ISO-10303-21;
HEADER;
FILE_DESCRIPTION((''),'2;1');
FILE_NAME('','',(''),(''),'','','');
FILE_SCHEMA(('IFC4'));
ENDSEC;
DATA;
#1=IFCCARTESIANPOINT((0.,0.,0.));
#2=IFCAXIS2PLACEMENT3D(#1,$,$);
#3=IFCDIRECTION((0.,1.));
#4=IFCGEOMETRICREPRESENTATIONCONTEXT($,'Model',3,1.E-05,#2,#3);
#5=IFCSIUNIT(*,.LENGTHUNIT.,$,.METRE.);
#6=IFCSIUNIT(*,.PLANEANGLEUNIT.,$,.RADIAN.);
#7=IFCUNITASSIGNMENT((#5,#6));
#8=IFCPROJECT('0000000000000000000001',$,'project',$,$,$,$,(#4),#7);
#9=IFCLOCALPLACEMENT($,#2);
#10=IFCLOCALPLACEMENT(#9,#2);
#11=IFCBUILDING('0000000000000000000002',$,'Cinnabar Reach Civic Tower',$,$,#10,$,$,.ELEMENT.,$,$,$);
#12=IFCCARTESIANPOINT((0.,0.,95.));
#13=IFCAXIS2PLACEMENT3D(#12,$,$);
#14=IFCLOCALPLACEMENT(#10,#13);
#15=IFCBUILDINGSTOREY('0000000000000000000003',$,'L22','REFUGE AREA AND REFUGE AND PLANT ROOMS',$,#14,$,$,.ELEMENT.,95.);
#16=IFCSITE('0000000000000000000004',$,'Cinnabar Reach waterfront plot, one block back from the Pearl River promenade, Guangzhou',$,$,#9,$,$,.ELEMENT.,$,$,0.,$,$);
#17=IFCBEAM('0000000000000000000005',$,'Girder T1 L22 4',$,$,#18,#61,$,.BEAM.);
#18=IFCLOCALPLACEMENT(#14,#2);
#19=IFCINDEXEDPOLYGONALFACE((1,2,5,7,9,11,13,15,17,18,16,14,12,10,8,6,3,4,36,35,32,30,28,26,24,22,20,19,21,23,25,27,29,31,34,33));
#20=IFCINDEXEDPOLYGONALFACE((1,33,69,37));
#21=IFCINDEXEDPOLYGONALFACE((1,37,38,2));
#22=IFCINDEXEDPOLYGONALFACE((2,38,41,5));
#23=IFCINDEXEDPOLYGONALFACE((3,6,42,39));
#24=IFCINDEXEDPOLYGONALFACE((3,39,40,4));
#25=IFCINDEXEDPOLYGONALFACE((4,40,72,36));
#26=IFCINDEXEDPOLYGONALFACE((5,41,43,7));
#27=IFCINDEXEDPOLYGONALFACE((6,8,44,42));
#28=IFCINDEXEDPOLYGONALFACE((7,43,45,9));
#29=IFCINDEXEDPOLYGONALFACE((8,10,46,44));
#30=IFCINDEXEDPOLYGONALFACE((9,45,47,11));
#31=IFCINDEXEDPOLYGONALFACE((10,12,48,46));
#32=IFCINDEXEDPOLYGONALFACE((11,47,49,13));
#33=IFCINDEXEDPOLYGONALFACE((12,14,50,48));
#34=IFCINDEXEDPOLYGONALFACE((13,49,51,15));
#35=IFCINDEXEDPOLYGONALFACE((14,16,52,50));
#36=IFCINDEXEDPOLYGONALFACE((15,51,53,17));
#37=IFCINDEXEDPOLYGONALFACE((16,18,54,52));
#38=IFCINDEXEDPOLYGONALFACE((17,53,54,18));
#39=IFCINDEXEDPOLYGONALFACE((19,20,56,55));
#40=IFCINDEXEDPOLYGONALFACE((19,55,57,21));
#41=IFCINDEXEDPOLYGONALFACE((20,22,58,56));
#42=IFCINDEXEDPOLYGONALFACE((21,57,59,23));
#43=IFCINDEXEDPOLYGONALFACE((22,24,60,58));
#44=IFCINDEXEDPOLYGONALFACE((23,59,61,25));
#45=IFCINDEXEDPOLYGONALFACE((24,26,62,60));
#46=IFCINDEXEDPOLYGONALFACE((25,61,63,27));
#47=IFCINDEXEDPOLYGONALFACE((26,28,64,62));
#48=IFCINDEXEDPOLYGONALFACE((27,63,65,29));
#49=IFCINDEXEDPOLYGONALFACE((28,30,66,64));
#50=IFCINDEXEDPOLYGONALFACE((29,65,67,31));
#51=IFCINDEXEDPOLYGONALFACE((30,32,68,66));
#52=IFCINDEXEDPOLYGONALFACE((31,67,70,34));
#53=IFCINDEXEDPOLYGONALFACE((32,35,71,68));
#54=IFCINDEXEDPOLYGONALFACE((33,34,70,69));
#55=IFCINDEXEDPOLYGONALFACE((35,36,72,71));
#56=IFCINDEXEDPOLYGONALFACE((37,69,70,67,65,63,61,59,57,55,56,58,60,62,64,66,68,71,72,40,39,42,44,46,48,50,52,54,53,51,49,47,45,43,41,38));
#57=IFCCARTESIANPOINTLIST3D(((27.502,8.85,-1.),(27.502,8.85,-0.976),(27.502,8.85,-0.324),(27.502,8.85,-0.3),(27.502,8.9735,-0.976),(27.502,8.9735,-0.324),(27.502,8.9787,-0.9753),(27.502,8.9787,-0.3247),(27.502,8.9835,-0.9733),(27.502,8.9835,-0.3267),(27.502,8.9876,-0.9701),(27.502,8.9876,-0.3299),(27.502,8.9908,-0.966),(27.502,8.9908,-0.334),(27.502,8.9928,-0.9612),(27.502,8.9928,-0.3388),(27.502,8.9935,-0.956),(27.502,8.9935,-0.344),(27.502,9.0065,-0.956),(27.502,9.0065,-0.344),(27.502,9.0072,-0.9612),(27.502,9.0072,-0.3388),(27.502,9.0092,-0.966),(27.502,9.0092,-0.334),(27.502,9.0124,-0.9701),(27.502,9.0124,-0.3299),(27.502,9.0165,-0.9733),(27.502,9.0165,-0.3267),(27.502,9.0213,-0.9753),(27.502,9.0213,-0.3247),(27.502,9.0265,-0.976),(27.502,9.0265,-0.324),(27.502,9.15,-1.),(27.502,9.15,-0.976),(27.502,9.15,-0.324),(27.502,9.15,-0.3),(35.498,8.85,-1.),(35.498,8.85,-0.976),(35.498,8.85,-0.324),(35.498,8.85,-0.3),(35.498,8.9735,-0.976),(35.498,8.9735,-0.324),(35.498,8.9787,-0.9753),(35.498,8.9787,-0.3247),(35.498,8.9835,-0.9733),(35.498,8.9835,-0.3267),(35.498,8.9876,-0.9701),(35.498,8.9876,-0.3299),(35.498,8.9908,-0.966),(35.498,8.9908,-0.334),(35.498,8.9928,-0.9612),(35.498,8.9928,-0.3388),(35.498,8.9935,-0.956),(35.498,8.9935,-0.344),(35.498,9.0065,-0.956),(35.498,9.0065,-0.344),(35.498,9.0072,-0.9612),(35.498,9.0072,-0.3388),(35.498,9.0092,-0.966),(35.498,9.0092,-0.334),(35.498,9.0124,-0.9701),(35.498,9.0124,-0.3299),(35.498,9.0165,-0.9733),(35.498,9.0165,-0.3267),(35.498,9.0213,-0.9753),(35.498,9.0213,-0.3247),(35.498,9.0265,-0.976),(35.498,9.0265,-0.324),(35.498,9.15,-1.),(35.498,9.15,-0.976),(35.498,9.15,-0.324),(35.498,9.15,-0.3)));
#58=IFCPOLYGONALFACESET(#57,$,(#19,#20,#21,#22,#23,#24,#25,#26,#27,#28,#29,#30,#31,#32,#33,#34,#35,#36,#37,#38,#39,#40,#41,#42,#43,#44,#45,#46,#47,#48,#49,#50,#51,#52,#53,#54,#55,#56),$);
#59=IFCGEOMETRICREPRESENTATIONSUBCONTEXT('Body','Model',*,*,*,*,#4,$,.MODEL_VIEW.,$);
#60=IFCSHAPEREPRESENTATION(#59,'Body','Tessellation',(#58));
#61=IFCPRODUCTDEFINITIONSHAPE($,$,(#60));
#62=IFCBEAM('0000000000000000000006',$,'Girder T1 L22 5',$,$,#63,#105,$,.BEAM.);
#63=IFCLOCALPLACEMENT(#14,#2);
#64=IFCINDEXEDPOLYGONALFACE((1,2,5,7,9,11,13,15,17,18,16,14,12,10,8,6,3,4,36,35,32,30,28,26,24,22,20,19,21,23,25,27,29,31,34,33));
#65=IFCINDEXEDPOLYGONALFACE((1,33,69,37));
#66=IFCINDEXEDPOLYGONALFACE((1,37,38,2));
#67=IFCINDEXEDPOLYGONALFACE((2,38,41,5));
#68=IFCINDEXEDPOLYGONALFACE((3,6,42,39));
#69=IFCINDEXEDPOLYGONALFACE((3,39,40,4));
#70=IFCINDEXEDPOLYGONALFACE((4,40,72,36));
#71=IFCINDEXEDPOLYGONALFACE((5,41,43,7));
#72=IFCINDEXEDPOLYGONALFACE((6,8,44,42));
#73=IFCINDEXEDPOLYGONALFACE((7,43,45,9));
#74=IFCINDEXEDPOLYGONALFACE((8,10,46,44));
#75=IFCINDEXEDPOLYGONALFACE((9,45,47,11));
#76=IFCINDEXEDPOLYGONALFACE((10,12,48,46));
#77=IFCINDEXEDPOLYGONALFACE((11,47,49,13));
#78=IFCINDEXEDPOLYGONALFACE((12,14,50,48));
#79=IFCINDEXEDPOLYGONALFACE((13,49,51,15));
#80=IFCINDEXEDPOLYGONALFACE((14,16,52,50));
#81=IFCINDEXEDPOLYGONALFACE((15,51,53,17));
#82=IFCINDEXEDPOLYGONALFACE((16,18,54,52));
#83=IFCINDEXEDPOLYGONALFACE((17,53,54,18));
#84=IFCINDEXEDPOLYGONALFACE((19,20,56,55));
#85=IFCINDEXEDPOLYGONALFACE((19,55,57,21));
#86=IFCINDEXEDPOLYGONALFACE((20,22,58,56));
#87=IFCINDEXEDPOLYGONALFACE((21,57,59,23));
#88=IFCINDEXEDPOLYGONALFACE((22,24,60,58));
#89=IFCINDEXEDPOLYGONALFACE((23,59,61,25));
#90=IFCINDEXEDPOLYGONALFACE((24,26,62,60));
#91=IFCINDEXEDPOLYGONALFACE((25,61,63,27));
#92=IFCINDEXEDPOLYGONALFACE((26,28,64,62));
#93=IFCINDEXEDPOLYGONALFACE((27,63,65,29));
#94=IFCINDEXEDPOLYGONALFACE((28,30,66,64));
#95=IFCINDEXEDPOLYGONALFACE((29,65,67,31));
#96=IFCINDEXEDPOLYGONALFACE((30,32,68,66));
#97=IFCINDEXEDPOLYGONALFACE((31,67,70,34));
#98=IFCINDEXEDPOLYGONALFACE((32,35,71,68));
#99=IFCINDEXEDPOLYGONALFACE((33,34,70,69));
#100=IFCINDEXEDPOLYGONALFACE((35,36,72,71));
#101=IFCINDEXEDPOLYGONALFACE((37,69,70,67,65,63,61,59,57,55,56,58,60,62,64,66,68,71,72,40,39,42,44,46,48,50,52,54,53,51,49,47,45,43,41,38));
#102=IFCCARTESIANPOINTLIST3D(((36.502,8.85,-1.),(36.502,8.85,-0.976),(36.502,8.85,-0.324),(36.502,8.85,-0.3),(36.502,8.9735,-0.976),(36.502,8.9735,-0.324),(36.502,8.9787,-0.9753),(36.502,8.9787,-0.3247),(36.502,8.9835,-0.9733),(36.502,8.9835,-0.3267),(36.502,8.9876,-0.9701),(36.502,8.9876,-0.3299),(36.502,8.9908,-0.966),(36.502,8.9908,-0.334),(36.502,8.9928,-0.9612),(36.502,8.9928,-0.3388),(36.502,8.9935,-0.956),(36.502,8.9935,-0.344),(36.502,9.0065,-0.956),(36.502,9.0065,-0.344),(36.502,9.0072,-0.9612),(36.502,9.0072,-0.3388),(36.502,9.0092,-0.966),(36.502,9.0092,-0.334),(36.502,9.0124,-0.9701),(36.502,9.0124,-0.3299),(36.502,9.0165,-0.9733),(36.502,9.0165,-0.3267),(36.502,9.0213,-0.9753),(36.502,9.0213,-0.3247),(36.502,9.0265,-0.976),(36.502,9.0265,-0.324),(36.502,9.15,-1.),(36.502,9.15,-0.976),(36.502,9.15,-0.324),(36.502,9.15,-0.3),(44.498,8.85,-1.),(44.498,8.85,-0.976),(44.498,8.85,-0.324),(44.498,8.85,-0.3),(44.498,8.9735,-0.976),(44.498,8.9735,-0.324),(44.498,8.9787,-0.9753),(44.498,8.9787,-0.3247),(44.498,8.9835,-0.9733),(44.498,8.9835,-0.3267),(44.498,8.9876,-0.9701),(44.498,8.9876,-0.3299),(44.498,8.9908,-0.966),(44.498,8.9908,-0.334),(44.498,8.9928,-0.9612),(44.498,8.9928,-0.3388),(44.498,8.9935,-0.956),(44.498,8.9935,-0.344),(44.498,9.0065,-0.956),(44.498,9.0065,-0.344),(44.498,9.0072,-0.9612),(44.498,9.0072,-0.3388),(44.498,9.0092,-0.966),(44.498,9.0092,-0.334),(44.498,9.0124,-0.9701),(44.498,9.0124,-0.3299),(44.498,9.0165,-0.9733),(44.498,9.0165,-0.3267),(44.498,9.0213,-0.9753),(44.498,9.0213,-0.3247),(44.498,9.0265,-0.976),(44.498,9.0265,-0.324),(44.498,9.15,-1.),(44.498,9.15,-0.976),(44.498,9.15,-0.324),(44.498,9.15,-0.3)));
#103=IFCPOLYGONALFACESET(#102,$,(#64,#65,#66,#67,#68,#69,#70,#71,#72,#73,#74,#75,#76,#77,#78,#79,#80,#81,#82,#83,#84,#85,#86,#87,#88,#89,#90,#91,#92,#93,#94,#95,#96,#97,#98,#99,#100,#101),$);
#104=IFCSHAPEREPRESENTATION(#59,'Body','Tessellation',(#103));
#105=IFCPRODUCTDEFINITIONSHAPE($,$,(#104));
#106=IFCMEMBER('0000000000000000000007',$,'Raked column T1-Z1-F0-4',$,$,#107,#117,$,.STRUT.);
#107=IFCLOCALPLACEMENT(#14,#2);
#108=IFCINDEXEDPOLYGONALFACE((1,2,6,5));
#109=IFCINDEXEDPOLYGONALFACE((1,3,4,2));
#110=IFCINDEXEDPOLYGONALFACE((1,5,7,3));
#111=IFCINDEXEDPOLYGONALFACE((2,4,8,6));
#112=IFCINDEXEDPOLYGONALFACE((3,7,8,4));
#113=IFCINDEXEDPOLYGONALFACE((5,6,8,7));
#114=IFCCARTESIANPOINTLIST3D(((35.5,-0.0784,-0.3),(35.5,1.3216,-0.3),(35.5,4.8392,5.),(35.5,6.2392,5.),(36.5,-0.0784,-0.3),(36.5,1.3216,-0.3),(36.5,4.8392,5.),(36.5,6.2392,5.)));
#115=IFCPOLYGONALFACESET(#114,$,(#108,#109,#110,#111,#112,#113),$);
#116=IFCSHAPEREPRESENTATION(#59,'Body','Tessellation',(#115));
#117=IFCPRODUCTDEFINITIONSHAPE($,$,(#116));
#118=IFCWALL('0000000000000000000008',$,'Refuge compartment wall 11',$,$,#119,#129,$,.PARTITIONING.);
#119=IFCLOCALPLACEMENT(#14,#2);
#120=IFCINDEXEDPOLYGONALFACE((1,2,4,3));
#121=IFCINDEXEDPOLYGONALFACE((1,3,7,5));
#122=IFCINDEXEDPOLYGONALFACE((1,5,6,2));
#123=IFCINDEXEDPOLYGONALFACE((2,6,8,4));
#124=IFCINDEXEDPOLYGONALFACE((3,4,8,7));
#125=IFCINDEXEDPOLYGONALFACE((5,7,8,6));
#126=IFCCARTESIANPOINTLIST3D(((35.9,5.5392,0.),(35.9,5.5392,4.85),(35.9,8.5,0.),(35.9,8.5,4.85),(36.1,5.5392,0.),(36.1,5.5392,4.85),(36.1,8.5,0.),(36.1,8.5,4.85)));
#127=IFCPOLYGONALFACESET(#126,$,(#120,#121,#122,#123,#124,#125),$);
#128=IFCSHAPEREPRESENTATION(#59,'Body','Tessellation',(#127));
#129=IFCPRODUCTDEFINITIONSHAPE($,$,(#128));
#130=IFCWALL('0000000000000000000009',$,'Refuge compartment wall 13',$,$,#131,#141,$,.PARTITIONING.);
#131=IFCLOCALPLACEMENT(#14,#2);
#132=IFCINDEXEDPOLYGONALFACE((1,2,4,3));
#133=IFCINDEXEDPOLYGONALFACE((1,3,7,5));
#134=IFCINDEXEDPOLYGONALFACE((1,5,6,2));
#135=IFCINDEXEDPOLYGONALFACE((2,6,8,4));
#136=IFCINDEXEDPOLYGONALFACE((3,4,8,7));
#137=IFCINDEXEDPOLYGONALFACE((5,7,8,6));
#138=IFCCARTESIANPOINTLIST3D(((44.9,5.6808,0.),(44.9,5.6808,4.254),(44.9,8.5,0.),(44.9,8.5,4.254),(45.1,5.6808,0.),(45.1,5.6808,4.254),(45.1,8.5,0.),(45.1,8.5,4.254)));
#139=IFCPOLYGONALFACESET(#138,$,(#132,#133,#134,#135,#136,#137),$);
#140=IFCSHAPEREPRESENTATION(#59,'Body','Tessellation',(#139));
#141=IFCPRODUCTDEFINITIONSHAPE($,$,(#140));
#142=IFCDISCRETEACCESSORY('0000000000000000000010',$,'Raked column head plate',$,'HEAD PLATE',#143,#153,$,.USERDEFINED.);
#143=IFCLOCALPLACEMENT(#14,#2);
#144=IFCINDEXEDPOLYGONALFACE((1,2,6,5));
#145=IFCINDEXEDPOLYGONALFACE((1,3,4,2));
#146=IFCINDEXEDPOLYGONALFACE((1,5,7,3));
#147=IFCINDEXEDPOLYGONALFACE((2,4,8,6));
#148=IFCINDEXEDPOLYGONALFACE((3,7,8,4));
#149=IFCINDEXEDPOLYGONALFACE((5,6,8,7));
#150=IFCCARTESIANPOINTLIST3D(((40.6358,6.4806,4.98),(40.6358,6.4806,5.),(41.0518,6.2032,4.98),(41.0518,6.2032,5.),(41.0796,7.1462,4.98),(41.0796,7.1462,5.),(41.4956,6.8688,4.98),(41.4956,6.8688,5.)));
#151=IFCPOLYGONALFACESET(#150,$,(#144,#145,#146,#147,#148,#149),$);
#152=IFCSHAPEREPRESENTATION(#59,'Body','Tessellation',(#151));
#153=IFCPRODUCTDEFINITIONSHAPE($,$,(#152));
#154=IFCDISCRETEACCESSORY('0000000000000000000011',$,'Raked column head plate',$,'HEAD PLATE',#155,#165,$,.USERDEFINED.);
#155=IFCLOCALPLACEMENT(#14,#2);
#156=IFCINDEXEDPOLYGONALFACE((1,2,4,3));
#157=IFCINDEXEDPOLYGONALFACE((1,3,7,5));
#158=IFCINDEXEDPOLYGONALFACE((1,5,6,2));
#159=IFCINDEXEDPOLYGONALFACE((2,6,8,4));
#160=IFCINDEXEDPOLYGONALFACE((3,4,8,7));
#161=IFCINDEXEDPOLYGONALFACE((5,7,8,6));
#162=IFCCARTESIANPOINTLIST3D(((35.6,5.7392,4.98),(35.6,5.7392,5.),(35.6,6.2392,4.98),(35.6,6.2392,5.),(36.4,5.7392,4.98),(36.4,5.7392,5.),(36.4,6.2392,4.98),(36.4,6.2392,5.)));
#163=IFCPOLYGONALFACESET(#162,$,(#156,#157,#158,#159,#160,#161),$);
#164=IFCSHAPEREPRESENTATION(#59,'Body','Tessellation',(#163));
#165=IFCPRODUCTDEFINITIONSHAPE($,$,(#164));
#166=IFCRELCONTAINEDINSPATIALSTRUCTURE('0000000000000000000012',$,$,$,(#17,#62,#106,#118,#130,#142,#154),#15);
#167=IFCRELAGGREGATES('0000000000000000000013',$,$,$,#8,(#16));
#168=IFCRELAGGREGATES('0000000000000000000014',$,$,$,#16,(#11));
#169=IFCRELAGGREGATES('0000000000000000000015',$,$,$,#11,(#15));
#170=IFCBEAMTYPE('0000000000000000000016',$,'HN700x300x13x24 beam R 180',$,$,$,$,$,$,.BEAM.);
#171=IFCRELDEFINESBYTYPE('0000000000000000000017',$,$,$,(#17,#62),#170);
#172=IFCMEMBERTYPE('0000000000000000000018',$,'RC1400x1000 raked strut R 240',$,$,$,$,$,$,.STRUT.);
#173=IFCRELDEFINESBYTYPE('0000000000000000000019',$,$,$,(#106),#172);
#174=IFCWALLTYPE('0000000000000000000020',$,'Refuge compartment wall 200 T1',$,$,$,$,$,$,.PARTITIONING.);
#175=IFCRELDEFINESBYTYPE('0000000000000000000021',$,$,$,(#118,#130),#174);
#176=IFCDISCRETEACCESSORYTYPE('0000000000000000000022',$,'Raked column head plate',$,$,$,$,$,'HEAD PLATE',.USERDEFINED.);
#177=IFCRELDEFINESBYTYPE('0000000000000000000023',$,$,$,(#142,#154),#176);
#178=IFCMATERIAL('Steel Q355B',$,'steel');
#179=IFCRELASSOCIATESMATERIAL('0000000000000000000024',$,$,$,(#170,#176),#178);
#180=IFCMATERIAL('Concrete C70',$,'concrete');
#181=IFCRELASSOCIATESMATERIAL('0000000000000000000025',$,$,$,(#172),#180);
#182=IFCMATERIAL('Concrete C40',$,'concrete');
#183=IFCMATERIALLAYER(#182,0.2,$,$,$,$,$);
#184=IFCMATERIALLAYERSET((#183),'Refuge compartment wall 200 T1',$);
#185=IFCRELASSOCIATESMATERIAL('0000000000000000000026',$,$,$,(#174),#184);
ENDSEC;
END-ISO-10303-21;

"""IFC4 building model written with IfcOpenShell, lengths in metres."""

from ifc_helpers import new_model, si_unit, direction, frame, frame_2d, origin, origin_2d, place, context, subcontext, project, spatial, rectangle, i_section, extrude, material, layer, layer_set, material_profile, profile_set, type_object, element, save


model = new_model("IFC4")

# Units and contexts
model_context = context("Model", 3, precision=1e-05, world=origin(), true_north=direction((0.0, 1.0)))
body_context = subcontext(model_context, "Body", "Model", "MODEL_VIEW")
ifc_project = project(units=[si_unit("LENGTHUNIT", "METRE"), si_unit("PLANEANGLEUNIT", "RADIAN")], contexts=[model_context])

# Site, building, storey
site_placement = place(None, origin())
site = spatial("IfcSite", under=ifc_project, at=site_placement, Name="Cinnabar Reach waterfront plot, one block back from the Pearl River promenade, Guangzhou", CompositionType="ELEMENT", RefElevation=0.0)
building_placement = place(site_placement, origin())
building = spatial("IfcBuilding", under=site, at=building_placement, Name="Cinnabar Reach Civic Tower", CompositionType="ELEMENT")
storey_placement = place(building_placement, frame((0.0, 0.0, 95.0)))
storey = spatial("IfcBuildingStorey", under=building, at=storey_placement, Name="L22", Description="REFUGE AREA AND REFUGE AND PLANT ROOMS", CompositionType="ELEMENT", Elevation=95.0)

# Shared definitions
ifc_material_1 = material(Name="Concrete C70", Category="concrete")

# Beams
ifc_material_2 = material(Name="Steel Q355B", Category="steel")
ifc_material_profile_1 = material_profile(ifc_material_2, i_section(OverallWidth=0.3, OverallDepth=0.7, WebThickness=0.013, FlangeThickness=0.024, FilletRadius=0.02, at=origin_2d()), Name="HN700x300x13x24")
ifc_profile_set_1 = profile_set([ifc_material_profile_1], Name="Steel Q355B")
beam_type_1 = type_object("IfcBeamType", Name="HN700x300x13x24 beam R 180", PredefinedType="BEAM", material=ifc_profile_set_1)
for number, where, z_axis, x_axis, name in (
    (1, (27.502, 9.0, -0.65), (1.0, 0.0, 0.0), (0.0, 1.0, 0.0), "Girder T1 L22 4"),
    (2, (36.502, 9.0, -0.65), (1.0, 0.0, 0.0), (0.0, 1.0, 0.0), "Girder T1 L22 5"),
):
    element("IfcBeam", number, at=place(storey_placement, frame(where, z_axis=z_axis, x_axis=x_axis)), inside=storey, type_object=beam_type_1, Name=name, PredefinedType="BEAM", context=body_context, shape_type="SweptSolid", body=[
        extrude(i_section(OverallWidth=0.3, OverallDepth=0.7, WebThickness=0.013, FlangeThickness=0.024, FilletRadius=0.02, at=origin_2d()), origin(), (0.0, 0.0, 1.0), 7.996),
    ])

# Member
ifc_material_profile_2 = material_profile(ifc_material_1, rectangle(XDim=1.4, YDim=1.0, at=origin_2d()), Name="RC1400x1000")
ifc_profile_set_2 = profile_set([ifc_material_profile_2], Name="Concrete C70")
member_type = type_object("IfcMemberType", Name="RC1400x1000 raked strut R 240", PredefinedType="STRUT", material=ifc_profile_set_2)
member_placement = place(storey_placement, frame((36.0, 0.6216, -0.3), z_axis=(0.0, 0.0, 1.0), x_axis=(0.0, 1.0, 0.0)))
element("IfcMember", 3, at=member_placement, inside=storey, type_object=member_type, Name="Raked column T1-Z1-F0-4", PredefinedType="STRUT", context=body_context, shape_type="SweptSolid", body=[
    extrude(rectangle(XDim=1.4, YDim=1.0, at=origin_2d()), origin(), (0.680167, 0.0, 0.733057), 7.23),
])

# Walls
ifc_material_3 = material(Name="Concrete C40", Category="concrete")
ifc_layer = layer(ifc_material_3, 0.2)
ifc_layer_set = layer_set([ifc_layer], Name="Refuge compartment wall 200 T1")
wall_type = type_object("IfcWallType", Name="Refuge compartment wall 200 T1", PredefinedType="PARTITIONING", material=ifc_layer_set)
wall_1_placement = place(storey_placement, frame((36.0, 5.5392, 0.0), z_axis=(0.0, 0.0, 1.0), x_axis=(0.0, 1.0, 0.0)))
element("IfcWall", 4, at=wall_1_placement, inside=storey, type_object=wall_type, Name="Refuge compartment wall 11", PredefinedType="PARTITIONING", context=body_context, shape_type="SweptSolid", body=[
    extrude(rectangle(XDim=2.9608, YDim=0.2, at=frame_2d((1.4804, 0.0))), origin(), (0.0, 0.0, 1.0), 4.85),
])
wall_2_placement = place(storey_placement, frame((45.0, 5.6808, 0.0), z_axis=(0.0, 0.0, 1.0), x_axis=(0.0, 1.0, 0.0)))
element("IfcWall", 5, at=wall_2_placement, inside=storey, type_object=wall_type, Name="Refuge compartment wall 13", PredefinedType="PARTITIONING", context=body_context, shape_type="SweptSolid", body=[
    extrude(rectangle(XDim=2.8192, YDim=0.2, at=frame_2d((1.4096, 0.0))), origin(), (0.0, 0.0, 1.0), 4.254),
])

# Discrete accessories
discrete_accessory_type = type_object("IfcDiscreteAccessoryType", Name="Raked column head plate", ElementType="HEAD PLATE", PredefinedType="USERDEFINED", material=ifc_material_2)
for number, where, z_axis, x_axis, name in (
    (6, (41.0657, 6.6747, 4.98), (0.0, 0.0, 1.0), (-0.832051, 0.554699, 0.0), "Raked column head plate"),
    (7, (36.0, 5.9892, 4.98), (0.0, 0.0, 1.0), (0.0, 1.0, 0.0), "Raked column head plate"),
):
    element("IfcDiscreteAccessory", number, at=place(storey_placement, frame(where, z_axis=z_axis, x_axis=x_axis)), inside=storey, type_object=discrete_accessory_type, Name=name, ObjectType="HEAD PLATE", PredefinedType="USERDEFINED", context=body_context, shape_type="SweptSolid", body=[
        extrude(rectangle(XDim=0.5, YDim=0.8, at=origin_2d()), origin(), (0.0, 0.0, 1.0), 0.02),
    ])

save(model, "model.ifc")
